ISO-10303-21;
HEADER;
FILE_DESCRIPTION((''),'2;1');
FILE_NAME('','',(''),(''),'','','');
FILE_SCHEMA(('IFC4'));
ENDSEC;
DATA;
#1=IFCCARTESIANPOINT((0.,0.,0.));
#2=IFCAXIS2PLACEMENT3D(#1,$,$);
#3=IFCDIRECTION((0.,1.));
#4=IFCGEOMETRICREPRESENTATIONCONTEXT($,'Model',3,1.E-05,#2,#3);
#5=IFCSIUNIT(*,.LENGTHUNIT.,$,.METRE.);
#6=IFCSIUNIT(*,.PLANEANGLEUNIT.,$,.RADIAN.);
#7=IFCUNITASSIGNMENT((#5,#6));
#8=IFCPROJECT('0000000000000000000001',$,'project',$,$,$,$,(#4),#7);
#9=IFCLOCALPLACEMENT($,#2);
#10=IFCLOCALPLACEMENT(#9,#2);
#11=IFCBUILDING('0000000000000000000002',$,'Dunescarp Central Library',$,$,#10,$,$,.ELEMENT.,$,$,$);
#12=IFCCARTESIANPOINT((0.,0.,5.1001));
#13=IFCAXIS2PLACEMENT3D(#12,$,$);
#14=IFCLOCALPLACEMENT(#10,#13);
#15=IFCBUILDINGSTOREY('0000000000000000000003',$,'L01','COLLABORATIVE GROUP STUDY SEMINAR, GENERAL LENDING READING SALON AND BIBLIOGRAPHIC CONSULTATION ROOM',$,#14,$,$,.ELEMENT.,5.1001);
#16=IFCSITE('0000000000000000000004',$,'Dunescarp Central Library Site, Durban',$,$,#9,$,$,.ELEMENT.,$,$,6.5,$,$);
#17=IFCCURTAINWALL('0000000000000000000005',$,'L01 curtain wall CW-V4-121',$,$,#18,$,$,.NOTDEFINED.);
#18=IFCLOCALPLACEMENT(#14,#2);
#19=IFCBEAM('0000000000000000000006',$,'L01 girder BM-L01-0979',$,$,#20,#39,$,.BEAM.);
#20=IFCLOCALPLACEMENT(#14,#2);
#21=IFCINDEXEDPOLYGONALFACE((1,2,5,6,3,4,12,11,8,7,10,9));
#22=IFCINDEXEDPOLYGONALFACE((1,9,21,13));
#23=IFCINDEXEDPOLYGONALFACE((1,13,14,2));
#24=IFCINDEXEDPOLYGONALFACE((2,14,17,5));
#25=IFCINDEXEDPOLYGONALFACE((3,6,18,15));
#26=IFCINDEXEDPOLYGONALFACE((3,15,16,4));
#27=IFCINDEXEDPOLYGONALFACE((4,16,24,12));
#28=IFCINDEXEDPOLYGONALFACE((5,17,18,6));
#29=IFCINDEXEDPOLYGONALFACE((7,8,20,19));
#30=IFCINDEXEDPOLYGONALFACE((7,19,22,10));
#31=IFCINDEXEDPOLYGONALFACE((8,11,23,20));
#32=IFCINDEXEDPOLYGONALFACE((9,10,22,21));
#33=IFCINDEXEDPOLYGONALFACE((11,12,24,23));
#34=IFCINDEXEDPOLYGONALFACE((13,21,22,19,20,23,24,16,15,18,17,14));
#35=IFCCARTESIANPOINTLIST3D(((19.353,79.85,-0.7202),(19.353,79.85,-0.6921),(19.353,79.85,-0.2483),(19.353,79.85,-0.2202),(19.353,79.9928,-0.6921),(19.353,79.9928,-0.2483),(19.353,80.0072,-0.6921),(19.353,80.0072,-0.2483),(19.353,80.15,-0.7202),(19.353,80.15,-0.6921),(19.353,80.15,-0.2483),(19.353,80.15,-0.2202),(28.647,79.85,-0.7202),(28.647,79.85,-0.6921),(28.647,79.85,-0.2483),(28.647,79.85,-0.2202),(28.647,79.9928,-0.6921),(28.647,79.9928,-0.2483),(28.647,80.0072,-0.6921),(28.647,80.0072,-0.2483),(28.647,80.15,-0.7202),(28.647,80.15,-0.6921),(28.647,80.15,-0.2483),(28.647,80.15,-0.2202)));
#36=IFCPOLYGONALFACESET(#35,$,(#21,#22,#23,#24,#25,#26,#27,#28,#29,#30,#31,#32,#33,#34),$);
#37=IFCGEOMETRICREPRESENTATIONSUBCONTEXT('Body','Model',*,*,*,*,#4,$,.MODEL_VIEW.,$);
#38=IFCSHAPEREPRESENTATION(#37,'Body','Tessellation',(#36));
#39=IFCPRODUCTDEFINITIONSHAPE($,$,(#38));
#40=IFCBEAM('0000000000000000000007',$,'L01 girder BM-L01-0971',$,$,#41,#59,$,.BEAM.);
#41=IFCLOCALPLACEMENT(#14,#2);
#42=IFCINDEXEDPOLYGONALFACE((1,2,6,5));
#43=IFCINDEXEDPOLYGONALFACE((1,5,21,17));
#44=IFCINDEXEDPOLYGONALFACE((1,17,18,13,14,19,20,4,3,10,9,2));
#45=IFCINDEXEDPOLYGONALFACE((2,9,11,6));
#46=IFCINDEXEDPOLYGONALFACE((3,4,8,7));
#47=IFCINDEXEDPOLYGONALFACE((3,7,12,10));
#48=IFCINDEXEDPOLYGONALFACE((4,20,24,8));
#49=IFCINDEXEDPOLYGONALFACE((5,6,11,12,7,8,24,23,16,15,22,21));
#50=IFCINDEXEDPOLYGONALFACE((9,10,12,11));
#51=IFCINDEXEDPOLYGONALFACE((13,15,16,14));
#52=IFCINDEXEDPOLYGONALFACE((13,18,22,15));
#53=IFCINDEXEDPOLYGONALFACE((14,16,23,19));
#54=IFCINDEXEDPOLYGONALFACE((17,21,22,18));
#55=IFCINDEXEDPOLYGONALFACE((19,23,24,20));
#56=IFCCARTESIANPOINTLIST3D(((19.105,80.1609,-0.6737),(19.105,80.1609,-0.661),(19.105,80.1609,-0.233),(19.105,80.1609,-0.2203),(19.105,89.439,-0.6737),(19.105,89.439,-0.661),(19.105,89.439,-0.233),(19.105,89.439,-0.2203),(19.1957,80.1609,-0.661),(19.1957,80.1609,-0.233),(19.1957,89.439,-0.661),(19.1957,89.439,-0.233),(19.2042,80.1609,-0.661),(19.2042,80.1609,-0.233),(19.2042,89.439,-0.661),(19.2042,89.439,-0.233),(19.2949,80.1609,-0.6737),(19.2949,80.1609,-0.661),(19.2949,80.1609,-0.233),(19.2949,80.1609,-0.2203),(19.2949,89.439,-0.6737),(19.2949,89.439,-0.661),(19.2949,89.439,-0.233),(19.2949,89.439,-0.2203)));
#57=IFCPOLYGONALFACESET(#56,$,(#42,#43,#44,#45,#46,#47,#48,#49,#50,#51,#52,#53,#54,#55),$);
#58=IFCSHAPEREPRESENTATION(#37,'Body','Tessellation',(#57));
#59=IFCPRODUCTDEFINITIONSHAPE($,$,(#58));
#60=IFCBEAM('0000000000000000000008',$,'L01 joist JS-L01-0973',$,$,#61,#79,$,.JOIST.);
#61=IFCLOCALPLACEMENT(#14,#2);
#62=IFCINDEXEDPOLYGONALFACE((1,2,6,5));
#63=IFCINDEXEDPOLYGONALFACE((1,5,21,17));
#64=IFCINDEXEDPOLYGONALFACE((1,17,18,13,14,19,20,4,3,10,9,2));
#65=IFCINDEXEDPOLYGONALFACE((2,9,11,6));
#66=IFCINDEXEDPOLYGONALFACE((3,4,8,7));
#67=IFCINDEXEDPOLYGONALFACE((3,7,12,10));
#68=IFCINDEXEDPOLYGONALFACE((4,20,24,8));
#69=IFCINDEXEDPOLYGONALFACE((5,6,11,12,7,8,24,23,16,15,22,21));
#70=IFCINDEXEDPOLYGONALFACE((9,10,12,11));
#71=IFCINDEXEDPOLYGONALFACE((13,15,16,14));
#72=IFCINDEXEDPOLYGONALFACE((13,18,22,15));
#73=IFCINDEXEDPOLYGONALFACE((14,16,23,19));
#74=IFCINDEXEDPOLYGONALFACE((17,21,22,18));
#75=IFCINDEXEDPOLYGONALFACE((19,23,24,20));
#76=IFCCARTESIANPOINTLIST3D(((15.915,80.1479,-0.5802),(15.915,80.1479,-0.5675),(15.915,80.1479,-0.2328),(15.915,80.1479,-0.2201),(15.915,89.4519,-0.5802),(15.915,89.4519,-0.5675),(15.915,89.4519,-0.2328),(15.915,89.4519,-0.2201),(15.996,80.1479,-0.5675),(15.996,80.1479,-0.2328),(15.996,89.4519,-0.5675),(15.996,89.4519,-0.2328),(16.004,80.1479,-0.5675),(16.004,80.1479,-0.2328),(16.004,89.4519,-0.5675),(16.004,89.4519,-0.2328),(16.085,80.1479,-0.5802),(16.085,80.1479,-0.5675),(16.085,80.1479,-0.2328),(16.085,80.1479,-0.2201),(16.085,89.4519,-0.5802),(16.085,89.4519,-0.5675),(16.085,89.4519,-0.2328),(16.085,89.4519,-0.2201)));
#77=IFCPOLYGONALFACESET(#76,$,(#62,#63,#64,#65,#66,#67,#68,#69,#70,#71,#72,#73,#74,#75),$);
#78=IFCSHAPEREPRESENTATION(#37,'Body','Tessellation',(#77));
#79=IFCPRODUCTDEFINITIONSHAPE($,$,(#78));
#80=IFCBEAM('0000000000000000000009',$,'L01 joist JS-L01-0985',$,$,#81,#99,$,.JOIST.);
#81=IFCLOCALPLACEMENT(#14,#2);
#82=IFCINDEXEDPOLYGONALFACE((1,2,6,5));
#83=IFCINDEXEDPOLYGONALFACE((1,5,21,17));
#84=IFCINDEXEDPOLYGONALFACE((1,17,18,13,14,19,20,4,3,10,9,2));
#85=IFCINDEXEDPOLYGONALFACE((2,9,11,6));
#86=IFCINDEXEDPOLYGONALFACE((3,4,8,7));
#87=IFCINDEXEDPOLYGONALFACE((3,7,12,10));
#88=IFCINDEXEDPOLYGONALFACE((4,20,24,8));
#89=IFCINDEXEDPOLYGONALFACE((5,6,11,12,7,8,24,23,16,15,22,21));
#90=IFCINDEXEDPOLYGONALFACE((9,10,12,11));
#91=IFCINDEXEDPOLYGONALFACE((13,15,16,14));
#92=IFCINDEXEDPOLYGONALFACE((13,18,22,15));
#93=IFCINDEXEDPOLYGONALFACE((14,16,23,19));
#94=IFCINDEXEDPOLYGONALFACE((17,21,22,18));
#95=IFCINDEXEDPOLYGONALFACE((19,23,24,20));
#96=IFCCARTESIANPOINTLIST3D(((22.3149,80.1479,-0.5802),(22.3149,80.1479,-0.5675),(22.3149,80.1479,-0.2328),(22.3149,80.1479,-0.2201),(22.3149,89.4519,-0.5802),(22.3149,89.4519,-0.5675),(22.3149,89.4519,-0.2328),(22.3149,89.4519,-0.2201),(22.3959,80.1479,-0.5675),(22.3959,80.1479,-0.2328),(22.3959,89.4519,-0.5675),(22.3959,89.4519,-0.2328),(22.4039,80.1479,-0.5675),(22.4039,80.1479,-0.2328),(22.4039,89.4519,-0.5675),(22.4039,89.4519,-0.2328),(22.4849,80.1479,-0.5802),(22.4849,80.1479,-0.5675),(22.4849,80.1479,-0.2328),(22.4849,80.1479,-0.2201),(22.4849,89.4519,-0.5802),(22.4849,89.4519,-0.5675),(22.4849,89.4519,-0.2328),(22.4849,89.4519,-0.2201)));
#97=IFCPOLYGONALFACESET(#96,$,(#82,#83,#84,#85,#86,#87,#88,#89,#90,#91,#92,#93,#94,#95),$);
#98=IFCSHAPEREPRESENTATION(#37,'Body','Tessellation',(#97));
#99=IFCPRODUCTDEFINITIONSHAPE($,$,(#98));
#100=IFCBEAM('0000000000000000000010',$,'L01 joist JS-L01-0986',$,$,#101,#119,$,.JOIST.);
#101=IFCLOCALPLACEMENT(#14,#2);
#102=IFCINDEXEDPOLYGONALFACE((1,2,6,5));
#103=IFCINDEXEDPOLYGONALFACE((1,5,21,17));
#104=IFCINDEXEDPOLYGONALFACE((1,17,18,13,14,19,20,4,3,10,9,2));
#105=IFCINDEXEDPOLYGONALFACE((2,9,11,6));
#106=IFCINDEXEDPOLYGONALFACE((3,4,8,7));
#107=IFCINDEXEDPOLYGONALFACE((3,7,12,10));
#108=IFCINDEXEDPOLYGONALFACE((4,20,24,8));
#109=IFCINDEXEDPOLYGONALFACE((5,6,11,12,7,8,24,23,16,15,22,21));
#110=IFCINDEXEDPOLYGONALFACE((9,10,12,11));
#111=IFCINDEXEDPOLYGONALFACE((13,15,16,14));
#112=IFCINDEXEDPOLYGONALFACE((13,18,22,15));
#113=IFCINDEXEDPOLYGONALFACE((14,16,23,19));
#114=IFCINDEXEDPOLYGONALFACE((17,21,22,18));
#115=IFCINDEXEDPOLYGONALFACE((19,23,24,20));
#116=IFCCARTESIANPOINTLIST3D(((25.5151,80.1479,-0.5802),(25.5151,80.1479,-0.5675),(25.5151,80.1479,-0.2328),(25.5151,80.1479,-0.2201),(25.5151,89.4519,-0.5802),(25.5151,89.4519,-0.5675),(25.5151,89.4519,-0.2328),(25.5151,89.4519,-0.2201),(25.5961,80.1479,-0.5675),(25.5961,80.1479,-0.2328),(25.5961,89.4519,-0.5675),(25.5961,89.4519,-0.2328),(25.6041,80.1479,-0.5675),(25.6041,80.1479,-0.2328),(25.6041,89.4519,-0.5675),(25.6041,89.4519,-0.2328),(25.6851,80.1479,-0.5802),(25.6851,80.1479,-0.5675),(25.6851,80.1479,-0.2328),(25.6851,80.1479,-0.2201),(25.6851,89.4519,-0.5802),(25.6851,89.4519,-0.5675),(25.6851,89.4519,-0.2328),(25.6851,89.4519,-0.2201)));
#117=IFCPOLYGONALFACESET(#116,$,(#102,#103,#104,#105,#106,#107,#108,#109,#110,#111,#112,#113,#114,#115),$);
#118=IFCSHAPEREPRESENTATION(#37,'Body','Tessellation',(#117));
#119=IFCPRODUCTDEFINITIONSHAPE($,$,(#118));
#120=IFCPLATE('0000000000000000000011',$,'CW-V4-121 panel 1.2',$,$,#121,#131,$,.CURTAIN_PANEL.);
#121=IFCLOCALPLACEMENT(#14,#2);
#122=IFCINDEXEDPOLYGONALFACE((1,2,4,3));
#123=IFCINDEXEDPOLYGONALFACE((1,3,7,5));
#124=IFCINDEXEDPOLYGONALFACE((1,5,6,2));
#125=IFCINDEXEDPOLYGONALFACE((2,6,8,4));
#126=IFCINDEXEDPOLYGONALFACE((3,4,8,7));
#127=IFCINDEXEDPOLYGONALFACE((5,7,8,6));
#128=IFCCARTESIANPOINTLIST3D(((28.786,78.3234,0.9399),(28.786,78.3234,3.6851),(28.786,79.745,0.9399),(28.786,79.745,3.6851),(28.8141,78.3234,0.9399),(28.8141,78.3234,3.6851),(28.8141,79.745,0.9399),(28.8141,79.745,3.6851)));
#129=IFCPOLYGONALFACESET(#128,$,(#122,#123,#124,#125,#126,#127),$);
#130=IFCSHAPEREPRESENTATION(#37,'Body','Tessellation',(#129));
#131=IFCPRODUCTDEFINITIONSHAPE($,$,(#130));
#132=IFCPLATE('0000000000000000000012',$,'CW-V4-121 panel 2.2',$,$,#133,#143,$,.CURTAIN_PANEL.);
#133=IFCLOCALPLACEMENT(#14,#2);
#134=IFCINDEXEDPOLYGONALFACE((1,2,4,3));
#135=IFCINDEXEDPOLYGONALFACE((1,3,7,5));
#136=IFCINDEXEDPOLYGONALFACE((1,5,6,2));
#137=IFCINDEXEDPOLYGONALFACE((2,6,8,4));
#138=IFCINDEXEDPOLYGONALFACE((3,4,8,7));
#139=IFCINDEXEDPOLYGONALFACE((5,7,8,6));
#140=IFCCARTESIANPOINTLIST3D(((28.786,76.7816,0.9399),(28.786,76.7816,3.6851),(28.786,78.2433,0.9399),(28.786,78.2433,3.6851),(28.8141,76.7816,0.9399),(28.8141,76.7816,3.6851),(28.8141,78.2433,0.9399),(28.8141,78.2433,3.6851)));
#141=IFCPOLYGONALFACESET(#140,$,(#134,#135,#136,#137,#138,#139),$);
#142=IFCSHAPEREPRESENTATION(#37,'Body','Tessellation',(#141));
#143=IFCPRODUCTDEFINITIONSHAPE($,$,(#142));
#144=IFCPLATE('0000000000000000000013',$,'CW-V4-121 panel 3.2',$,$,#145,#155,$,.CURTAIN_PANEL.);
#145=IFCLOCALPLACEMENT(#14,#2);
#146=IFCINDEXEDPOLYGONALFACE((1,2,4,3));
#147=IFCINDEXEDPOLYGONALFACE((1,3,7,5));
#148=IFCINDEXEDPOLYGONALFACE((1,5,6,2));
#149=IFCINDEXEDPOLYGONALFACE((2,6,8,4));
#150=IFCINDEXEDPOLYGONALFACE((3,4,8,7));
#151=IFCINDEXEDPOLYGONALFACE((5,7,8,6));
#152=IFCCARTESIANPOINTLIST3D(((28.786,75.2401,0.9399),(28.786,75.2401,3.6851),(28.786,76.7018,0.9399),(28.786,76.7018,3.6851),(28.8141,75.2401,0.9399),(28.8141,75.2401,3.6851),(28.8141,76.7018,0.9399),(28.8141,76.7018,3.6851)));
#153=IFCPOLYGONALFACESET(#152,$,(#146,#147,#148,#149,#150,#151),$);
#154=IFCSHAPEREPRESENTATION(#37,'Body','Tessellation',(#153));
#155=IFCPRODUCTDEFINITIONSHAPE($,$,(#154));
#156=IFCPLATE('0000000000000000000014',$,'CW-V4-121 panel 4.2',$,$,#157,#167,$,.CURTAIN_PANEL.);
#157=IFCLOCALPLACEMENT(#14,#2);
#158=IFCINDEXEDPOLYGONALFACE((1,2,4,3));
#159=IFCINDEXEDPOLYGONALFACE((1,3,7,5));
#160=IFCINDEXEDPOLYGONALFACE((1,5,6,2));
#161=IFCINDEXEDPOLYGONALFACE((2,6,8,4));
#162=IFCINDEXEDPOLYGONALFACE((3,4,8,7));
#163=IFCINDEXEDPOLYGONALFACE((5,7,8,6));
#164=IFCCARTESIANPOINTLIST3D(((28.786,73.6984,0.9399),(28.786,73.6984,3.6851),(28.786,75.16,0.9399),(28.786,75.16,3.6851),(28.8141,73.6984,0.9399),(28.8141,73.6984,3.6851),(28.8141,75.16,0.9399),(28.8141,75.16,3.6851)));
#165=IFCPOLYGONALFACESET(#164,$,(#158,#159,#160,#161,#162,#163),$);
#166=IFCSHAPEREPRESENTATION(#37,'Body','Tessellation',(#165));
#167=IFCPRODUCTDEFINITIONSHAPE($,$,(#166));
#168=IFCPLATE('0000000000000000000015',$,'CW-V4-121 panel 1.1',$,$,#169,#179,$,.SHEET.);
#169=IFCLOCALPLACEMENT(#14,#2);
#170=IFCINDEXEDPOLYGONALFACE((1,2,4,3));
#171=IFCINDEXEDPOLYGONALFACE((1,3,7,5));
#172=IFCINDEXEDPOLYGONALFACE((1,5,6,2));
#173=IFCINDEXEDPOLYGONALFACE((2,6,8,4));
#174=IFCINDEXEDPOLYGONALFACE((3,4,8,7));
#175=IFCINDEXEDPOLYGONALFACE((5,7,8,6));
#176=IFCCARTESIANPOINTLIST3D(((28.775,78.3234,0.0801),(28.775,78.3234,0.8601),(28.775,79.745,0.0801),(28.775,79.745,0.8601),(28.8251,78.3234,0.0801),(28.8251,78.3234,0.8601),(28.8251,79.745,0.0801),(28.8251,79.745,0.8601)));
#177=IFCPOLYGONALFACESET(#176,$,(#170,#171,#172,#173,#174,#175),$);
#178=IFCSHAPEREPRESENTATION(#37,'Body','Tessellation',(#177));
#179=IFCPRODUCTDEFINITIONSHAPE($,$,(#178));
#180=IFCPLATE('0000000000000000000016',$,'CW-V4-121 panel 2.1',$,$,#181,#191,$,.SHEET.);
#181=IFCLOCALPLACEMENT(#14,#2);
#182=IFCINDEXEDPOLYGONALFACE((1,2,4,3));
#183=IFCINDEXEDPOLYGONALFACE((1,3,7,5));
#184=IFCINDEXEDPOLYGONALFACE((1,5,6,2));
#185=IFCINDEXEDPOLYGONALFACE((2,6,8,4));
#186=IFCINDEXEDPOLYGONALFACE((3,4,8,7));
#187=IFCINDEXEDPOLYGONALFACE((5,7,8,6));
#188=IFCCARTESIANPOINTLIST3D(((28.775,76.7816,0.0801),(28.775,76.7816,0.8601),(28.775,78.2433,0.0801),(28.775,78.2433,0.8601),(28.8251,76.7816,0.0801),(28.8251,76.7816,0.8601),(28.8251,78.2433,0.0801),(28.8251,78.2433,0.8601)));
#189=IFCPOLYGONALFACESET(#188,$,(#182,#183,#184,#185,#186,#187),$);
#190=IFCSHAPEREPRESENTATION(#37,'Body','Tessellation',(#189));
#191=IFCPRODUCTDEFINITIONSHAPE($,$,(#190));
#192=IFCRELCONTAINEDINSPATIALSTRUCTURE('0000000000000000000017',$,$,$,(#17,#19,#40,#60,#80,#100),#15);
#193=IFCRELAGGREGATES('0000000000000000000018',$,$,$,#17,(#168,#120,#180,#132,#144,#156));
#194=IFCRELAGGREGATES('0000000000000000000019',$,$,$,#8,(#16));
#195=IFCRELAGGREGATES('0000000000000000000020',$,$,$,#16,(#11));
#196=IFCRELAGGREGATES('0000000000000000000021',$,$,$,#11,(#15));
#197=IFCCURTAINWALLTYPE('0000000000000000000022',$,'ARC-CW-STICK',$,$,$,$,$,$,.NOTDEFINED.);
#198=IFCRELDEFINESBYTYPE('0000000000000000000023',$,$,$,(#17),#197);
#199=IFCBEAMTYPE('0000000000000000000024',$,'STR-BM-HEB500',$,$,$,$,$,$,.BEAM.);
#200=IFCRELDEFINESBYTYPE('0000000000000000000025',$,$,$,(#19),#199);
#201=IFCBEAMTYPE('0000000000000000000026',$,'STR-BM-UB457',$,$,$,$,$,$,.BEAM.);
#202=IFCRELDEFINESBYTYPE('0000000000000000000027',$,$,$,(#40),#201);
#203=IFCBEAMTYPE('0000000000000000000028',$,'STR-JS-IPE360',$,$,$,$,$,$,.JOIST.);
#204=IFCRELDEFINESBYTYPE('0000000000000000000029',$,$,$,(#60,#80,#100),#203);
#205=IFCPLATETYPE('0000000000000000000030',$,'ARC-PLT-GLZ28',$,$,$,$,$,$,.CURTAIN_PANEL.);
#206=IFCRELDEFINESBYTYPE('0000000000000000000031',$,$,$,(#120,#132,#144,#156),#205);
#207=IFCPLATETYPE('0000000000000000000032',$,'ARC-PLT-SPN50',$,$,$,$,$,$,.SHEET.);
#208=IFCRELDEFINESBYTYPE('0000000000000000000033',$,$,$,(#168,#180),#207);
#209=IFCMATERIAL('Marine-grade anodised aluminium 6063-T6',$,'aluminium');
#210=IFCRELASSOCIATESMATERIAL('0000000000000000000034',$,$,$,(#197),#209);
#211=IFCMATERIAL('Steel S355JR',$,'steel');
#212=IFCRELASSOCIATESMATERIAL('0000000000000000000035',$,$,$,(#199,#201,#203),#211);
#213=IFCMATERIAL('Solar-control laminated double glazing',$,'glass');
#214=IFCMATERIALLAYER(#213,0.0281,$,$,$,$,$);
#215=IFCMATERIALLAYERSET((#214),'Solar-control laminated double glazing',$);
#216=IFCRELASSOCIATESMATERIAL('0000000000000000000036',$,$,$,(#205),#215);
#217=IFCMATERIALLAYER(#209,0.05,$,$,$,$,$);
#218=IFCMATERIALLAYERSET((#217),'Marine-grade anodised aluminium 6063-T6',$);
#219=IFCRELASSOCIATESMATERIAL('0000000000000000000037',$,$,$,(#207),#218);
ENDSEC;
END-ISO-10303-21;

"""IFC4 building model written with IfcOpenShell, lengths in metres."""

from ifc_helpers import new_model, si_unit, direction, frame, origin, origin_2d, place, context, subcontext, project, spatial, rectangle, i_section, extrude, material, layer, layer_set, material_profile, profile_set, type_object, element, aggregate, save


model = new_model("IFC4")

# Units and contexts
model_context = context("Model", 3, precision=1e-05, world=origin(), true_north=direction((0.0, 1.0)))
body_context = subcontext(model_context, "Body", "Model", "MODEL_VIEW")
ifc_project = project(units=[si_unit("LENGTHUNIT", "METRE"), si_unit("PLANEANGLEUNIT", "RADIAN")], contexts=[model_context])

# Site, building, storey
site_placement = place(None, origin())
site = spatial("IfcSite", under=ifc_project, at=site_placement, Name="Dunescarp Central Library Site, Durban", CompositionType="ELEMENT", RefElevation=6.5)
building_placement = place(site_placement, origin())
building = spatial("IfcBuilding", under=site, at=building_placement, Name="Dunescarp Central Library", CompositionType="ELEMENT")
storey_placement = place(building_placement, frame((0.0, 0.0, 5.1001)))
storey = spatial("IfcBuildingStorey", under=building, at=storey_placement, Name="L01", Description="COLLABORATIVE GROUP STUDY SEMINAR, GENERAL LENDING READING SALON AND BIBLIOGRAPHIC CONSULTATION ROOM", CompositionType="ELEMENT", Elevation=5.1001)

# Shared definitions
ifc_material_1 = material(Name="Steel S355JR", Category="steel")

# Curtain wall
ifc_material_2 = material(Name="Marine-grade anodised aluminium 6063-T6", Category="aluminium")
curtain_wall_type = type_object("IfcCurtainWallType", Name="ARC-CW-STICK", PredefinedType="NOTDEFINED", material=ifc_material_2)
curtain_wall_placement = place(storey_placement, origin())
curtain_wall = element("IfcCurtainWall", 1, at=curtain_wall_placement, inside=storey, type_object=curtain_wall_type, Name="L01 curtain wall CW-V4-121", PredefinedType="NOTDEFINED")

# Beams
ifc_material_profile_1 = material_profile(ifc_material_1, i_section(OverallWidth=0.3, OverallDepth=0.5, WebThickness=0.0144, FlangeThickness=0.0281, at=origin_2d()), Name="HEB 500")
ifc_profile_set_1 = profile_set([ifc_material_profile_1], Name="Steel S355JR")
beam_type_1 = type_object("IfcBeamType", Name="STR-BM-HEB500", PredefinedType="BEAM", material=ifc_profile_set_1)
beam_1_placement = place(storey_placement, frame((19.353, 80.0, -0.4702), z_axis=(1.0, 0.0, 0.0), x_axis=(0.0, 1.0, 0.0)))
element("IfcBeam", 2, at=beam_1_placement, inside=storey, type_object=beam_type_1, Name="L01 girder BM-L01-0979", PredefinedType="BEAM", context=body_context, shape_type="SweptSolid", body=[
    extrude(i_section(OverallWidth=0.3, OverallDepth=0.5, WebThickness=0.0144, FlangeThickness=0.0281, at=origin_2d()), origin(), (0.0, 0.0, 1.0), 9.2939),
])
ifc_material_profile_2 = material_profile(ifc_material_1, i_section(OverallWidth=0.1899, OverallDepth=0.4534, WebThickness=0.0085, FlangeThickness=0.0127, at=origin_2d()), Name="UB 457x191x67")
ifc_profile_set_2 = profile_set([ifc_material_profile_2], Name="Steel S355JR")
beam_type_2 = type_object("IfcBeamType", Name="STR-BM-UB457", PredefinedType="BEAM", material=ifc_profile_set_2)
beam_2_placement = place(storey_placement, frame((19.2, 80.1609, -0.447), z_axis=(0.0, 1.0, 0.0), x_axis=(-1.0, 0.0, 0.0)))
element("IfcBeam", 3, at=beam_2_placement, inside=storey, type_object=beam_type_2, Name="L01 girder BM-L01-0971", PredefinedType="BEAM", context=body_context, shape_type="SweptSolid", body=[
    extrude(i_section(OverallWidth=0.1899, OverallDepth=0.4534, WebThickness=0.0085, FlangeThickness=0.0127, at=origin_2d()), origin(), (0.0, 0.0, 1.0), 9.2781),
])
ifc_material_profile_3 = material_profile(ifc_material_1, i_section(OverallWidth=0.1699, OverallDepth=0.3601, WebThickness=0.0081, FlangeThickness=0.0127, at=origin_2d()), Name="IPE 360")
ifc_profile_set_3 = profile_set([ifc_material_profile_3], Name="Steel S355JR")
beam_type_3 = type_object("IfcBeamType", Name="STR-JS-IPE360", PredefinedType="JOIST", material=ifc_profile_set_3)
for number, where, z_axis, x_axis, name in (
    (4, (16.0, 80.1479, -0.4001), (0.0, 1.0, 0.0), (-1.0, 0.0, 0.0), "L01 joist JS-L01-0973"),
    (5, (22.3999, 80.1479, -0.4001), (0.0, 1.0, 0.0), (-1.0, 0.0, 0.0), "L01 joist JS-L01-0985"),
    (6, (25.6001, 80.1479, -0.4001), (0.0, 1.0, 0.0), (-1.0, 0.0, 0.0), "L01 joist JS-L01-0986"),
):
    element("IfcBeam", number, at=place(storey_placement, frame(where, z_axis=z_axis, x_axis=x_axis)), inside=storey, type_object=beam_type_3, Name=name, PredefinedType="JOIST", context=body_context, shape_type="SweptSolid", body=[
        extrude(i_section(OverallWidth=0.1699, OverallDepth=0.3601, WebThickness=0.0081, FlangeThickness=0.0127, at=origin_2d()), origin(), (0.0, 0.0, 1.0), 9.304),
    ])

# Plates
ifc_material_3 = material(Name="Solar-control laminated double glazing", Category="glass")
ifc_layer_1 = layer(ifc_material_3, 0.0281)
ifc_layer_set_1 = layer_set([ifc_layer_1], Name="Solar-control laminated double glazing")
plate_type_1 = type_object("IfcPlateType", Name="ARC-PLT-GLZ28", PredefinedType="CURTAIN_PANEL", material=ifc_layer_set_1)
plate_1_placement = place(storey_placement, frame((28.8, 79.0342, 0.9399), z_axis=(0.0, 0.0, 1.0), x_axis=(0.0, -1.0, 0.0)))
plate_1 = element("IfcPlate", 7, at=plate_1_placement, type_object=plate_type_1, Name="CW-V4-121 panel 1.2", PredefinedType="CURTAIN_PANEL", context=body_context, shape_type="SweptSolid", body=[
    extrude(rectangle(XDim=1.4216, YDim=0.0281, at=origin_2d()), origin(), (0.0, 0.0, 1.0), 2.7451),
])
plate_2_placement = place(storey_placement, frame((28.8, 77.5125, 0.9399), z_axis=(0.0, 0.0, 1.0), x_axis=(0.0, -1.0, 0.0)))
plate_2 = element("IfcPlate", 8, at=plate_2_placement, type_object=plate_type_1, Name="CW-V4-121 panel 2.2", PredefinedType="CURTAIN_PANEL", context=body_context, shape_type="SweptSolid", body=[
    extrude(rectangle(XDim=1.4617, YDim=0.0281, at=origin_2d()), origin(), (0.0, 0.0, 1.0), 2.7451),
])
plate_3_placement = place(storey_placement, frame((28.8, 75.9709, 0.9399), z_axis=(0.0, 0.0, 1.0), x_axis=(0.0, -1.0, 0.0)))
plate_3 = element("IfcPlate", 9, at=plate_3_placement, type_object=plate_type_1, Name="CW-V4-121 panel 3.2", PredefinedType="CURTAIN_PANEL", context=body_context, shape_type="SweptSolid", body=[
    extrude(rectangle(XDim=1.4617, YDim=0.0281, at=origin_2d()), origin(), (0.0, 0.0, 1.0), 2.7451),
])
plate_4_placement = place(storey_placement, frame((28.8, 74.4292, 0.9399), z_axis=(0.0, 0.0, 1.0), x_axis=(0.0, -1.0, 0.0)))
plate_4 = element("IfcPlate", 10, at=plate_4_placement, type_object=plate_type_1, Name="CW-V4-121 panel 4.2", PredefinedType="CURTAIN_PANEL", context=body_context, shape_type="SweptSolid", body=[
    extrude(rectangle(XDim=1.4617, YDim=0.0281, at=origin_2d()), origin(), (0.0, 0.0, 1.0), 2.7451),
])
ifc_layer_2 = layer(ifc_material_2, 0.05)
ifc_layer_set_2 = layer_set([ifc_layer_2], Name="Marine-grade anodised aluminium 6063-T6")
plate_type_2 = type_object("IfcPlateType", Name="ARC-PLT-SPN50", PredefinedType="SHEET", material=ifc_layer_set_2)
plate_5_placement = place(storey_placement, frame((28.8, 79.0342, 0.0801), z_axis=(0.0, 0.0, 1.0), x_axis=(0.0, -1.0, 0.0)))
plate_5 = element("IfcPlate", 11, at=plate_5_placement, type_object=plate_type_2, Name="CW-V4-121 panel 1.1", PredefinedType="SHEET", context=body_context, shape_type="SweptSolid", body=[
    extrude(rectangle(XDim=1.4216, YDim=0.05, at=origin_2d()), origin(), (0.0, 0.0, 1.0), 0.78),
])
plate_6_placement = place(storey_placement, frame((28.8, 77.5125, 0.0801), z_axis=(0.0, 0.0, 1.0), x_axis=(0.0, -1.0, 0.0)))
plate_6 = element("IfcPlate", 12, at=plate_6_placement, type_object=plate_type_2, Name="CW-V4-121 panel 2.1", PredefinedType="SHEET", context=body_context, shape_type="SweptSolid", body=[
    extrude(rectangle(XDim=1.4617, YDim=0.05, at=origin_2d()), origin(), (0.0, 0.0, 1.0), 0.78),
])
aggregate(curtain_wall, [plate_5, plate_1, plate_6, plate_2, plate_3, plate_4])

save(model, "model.ifc")
